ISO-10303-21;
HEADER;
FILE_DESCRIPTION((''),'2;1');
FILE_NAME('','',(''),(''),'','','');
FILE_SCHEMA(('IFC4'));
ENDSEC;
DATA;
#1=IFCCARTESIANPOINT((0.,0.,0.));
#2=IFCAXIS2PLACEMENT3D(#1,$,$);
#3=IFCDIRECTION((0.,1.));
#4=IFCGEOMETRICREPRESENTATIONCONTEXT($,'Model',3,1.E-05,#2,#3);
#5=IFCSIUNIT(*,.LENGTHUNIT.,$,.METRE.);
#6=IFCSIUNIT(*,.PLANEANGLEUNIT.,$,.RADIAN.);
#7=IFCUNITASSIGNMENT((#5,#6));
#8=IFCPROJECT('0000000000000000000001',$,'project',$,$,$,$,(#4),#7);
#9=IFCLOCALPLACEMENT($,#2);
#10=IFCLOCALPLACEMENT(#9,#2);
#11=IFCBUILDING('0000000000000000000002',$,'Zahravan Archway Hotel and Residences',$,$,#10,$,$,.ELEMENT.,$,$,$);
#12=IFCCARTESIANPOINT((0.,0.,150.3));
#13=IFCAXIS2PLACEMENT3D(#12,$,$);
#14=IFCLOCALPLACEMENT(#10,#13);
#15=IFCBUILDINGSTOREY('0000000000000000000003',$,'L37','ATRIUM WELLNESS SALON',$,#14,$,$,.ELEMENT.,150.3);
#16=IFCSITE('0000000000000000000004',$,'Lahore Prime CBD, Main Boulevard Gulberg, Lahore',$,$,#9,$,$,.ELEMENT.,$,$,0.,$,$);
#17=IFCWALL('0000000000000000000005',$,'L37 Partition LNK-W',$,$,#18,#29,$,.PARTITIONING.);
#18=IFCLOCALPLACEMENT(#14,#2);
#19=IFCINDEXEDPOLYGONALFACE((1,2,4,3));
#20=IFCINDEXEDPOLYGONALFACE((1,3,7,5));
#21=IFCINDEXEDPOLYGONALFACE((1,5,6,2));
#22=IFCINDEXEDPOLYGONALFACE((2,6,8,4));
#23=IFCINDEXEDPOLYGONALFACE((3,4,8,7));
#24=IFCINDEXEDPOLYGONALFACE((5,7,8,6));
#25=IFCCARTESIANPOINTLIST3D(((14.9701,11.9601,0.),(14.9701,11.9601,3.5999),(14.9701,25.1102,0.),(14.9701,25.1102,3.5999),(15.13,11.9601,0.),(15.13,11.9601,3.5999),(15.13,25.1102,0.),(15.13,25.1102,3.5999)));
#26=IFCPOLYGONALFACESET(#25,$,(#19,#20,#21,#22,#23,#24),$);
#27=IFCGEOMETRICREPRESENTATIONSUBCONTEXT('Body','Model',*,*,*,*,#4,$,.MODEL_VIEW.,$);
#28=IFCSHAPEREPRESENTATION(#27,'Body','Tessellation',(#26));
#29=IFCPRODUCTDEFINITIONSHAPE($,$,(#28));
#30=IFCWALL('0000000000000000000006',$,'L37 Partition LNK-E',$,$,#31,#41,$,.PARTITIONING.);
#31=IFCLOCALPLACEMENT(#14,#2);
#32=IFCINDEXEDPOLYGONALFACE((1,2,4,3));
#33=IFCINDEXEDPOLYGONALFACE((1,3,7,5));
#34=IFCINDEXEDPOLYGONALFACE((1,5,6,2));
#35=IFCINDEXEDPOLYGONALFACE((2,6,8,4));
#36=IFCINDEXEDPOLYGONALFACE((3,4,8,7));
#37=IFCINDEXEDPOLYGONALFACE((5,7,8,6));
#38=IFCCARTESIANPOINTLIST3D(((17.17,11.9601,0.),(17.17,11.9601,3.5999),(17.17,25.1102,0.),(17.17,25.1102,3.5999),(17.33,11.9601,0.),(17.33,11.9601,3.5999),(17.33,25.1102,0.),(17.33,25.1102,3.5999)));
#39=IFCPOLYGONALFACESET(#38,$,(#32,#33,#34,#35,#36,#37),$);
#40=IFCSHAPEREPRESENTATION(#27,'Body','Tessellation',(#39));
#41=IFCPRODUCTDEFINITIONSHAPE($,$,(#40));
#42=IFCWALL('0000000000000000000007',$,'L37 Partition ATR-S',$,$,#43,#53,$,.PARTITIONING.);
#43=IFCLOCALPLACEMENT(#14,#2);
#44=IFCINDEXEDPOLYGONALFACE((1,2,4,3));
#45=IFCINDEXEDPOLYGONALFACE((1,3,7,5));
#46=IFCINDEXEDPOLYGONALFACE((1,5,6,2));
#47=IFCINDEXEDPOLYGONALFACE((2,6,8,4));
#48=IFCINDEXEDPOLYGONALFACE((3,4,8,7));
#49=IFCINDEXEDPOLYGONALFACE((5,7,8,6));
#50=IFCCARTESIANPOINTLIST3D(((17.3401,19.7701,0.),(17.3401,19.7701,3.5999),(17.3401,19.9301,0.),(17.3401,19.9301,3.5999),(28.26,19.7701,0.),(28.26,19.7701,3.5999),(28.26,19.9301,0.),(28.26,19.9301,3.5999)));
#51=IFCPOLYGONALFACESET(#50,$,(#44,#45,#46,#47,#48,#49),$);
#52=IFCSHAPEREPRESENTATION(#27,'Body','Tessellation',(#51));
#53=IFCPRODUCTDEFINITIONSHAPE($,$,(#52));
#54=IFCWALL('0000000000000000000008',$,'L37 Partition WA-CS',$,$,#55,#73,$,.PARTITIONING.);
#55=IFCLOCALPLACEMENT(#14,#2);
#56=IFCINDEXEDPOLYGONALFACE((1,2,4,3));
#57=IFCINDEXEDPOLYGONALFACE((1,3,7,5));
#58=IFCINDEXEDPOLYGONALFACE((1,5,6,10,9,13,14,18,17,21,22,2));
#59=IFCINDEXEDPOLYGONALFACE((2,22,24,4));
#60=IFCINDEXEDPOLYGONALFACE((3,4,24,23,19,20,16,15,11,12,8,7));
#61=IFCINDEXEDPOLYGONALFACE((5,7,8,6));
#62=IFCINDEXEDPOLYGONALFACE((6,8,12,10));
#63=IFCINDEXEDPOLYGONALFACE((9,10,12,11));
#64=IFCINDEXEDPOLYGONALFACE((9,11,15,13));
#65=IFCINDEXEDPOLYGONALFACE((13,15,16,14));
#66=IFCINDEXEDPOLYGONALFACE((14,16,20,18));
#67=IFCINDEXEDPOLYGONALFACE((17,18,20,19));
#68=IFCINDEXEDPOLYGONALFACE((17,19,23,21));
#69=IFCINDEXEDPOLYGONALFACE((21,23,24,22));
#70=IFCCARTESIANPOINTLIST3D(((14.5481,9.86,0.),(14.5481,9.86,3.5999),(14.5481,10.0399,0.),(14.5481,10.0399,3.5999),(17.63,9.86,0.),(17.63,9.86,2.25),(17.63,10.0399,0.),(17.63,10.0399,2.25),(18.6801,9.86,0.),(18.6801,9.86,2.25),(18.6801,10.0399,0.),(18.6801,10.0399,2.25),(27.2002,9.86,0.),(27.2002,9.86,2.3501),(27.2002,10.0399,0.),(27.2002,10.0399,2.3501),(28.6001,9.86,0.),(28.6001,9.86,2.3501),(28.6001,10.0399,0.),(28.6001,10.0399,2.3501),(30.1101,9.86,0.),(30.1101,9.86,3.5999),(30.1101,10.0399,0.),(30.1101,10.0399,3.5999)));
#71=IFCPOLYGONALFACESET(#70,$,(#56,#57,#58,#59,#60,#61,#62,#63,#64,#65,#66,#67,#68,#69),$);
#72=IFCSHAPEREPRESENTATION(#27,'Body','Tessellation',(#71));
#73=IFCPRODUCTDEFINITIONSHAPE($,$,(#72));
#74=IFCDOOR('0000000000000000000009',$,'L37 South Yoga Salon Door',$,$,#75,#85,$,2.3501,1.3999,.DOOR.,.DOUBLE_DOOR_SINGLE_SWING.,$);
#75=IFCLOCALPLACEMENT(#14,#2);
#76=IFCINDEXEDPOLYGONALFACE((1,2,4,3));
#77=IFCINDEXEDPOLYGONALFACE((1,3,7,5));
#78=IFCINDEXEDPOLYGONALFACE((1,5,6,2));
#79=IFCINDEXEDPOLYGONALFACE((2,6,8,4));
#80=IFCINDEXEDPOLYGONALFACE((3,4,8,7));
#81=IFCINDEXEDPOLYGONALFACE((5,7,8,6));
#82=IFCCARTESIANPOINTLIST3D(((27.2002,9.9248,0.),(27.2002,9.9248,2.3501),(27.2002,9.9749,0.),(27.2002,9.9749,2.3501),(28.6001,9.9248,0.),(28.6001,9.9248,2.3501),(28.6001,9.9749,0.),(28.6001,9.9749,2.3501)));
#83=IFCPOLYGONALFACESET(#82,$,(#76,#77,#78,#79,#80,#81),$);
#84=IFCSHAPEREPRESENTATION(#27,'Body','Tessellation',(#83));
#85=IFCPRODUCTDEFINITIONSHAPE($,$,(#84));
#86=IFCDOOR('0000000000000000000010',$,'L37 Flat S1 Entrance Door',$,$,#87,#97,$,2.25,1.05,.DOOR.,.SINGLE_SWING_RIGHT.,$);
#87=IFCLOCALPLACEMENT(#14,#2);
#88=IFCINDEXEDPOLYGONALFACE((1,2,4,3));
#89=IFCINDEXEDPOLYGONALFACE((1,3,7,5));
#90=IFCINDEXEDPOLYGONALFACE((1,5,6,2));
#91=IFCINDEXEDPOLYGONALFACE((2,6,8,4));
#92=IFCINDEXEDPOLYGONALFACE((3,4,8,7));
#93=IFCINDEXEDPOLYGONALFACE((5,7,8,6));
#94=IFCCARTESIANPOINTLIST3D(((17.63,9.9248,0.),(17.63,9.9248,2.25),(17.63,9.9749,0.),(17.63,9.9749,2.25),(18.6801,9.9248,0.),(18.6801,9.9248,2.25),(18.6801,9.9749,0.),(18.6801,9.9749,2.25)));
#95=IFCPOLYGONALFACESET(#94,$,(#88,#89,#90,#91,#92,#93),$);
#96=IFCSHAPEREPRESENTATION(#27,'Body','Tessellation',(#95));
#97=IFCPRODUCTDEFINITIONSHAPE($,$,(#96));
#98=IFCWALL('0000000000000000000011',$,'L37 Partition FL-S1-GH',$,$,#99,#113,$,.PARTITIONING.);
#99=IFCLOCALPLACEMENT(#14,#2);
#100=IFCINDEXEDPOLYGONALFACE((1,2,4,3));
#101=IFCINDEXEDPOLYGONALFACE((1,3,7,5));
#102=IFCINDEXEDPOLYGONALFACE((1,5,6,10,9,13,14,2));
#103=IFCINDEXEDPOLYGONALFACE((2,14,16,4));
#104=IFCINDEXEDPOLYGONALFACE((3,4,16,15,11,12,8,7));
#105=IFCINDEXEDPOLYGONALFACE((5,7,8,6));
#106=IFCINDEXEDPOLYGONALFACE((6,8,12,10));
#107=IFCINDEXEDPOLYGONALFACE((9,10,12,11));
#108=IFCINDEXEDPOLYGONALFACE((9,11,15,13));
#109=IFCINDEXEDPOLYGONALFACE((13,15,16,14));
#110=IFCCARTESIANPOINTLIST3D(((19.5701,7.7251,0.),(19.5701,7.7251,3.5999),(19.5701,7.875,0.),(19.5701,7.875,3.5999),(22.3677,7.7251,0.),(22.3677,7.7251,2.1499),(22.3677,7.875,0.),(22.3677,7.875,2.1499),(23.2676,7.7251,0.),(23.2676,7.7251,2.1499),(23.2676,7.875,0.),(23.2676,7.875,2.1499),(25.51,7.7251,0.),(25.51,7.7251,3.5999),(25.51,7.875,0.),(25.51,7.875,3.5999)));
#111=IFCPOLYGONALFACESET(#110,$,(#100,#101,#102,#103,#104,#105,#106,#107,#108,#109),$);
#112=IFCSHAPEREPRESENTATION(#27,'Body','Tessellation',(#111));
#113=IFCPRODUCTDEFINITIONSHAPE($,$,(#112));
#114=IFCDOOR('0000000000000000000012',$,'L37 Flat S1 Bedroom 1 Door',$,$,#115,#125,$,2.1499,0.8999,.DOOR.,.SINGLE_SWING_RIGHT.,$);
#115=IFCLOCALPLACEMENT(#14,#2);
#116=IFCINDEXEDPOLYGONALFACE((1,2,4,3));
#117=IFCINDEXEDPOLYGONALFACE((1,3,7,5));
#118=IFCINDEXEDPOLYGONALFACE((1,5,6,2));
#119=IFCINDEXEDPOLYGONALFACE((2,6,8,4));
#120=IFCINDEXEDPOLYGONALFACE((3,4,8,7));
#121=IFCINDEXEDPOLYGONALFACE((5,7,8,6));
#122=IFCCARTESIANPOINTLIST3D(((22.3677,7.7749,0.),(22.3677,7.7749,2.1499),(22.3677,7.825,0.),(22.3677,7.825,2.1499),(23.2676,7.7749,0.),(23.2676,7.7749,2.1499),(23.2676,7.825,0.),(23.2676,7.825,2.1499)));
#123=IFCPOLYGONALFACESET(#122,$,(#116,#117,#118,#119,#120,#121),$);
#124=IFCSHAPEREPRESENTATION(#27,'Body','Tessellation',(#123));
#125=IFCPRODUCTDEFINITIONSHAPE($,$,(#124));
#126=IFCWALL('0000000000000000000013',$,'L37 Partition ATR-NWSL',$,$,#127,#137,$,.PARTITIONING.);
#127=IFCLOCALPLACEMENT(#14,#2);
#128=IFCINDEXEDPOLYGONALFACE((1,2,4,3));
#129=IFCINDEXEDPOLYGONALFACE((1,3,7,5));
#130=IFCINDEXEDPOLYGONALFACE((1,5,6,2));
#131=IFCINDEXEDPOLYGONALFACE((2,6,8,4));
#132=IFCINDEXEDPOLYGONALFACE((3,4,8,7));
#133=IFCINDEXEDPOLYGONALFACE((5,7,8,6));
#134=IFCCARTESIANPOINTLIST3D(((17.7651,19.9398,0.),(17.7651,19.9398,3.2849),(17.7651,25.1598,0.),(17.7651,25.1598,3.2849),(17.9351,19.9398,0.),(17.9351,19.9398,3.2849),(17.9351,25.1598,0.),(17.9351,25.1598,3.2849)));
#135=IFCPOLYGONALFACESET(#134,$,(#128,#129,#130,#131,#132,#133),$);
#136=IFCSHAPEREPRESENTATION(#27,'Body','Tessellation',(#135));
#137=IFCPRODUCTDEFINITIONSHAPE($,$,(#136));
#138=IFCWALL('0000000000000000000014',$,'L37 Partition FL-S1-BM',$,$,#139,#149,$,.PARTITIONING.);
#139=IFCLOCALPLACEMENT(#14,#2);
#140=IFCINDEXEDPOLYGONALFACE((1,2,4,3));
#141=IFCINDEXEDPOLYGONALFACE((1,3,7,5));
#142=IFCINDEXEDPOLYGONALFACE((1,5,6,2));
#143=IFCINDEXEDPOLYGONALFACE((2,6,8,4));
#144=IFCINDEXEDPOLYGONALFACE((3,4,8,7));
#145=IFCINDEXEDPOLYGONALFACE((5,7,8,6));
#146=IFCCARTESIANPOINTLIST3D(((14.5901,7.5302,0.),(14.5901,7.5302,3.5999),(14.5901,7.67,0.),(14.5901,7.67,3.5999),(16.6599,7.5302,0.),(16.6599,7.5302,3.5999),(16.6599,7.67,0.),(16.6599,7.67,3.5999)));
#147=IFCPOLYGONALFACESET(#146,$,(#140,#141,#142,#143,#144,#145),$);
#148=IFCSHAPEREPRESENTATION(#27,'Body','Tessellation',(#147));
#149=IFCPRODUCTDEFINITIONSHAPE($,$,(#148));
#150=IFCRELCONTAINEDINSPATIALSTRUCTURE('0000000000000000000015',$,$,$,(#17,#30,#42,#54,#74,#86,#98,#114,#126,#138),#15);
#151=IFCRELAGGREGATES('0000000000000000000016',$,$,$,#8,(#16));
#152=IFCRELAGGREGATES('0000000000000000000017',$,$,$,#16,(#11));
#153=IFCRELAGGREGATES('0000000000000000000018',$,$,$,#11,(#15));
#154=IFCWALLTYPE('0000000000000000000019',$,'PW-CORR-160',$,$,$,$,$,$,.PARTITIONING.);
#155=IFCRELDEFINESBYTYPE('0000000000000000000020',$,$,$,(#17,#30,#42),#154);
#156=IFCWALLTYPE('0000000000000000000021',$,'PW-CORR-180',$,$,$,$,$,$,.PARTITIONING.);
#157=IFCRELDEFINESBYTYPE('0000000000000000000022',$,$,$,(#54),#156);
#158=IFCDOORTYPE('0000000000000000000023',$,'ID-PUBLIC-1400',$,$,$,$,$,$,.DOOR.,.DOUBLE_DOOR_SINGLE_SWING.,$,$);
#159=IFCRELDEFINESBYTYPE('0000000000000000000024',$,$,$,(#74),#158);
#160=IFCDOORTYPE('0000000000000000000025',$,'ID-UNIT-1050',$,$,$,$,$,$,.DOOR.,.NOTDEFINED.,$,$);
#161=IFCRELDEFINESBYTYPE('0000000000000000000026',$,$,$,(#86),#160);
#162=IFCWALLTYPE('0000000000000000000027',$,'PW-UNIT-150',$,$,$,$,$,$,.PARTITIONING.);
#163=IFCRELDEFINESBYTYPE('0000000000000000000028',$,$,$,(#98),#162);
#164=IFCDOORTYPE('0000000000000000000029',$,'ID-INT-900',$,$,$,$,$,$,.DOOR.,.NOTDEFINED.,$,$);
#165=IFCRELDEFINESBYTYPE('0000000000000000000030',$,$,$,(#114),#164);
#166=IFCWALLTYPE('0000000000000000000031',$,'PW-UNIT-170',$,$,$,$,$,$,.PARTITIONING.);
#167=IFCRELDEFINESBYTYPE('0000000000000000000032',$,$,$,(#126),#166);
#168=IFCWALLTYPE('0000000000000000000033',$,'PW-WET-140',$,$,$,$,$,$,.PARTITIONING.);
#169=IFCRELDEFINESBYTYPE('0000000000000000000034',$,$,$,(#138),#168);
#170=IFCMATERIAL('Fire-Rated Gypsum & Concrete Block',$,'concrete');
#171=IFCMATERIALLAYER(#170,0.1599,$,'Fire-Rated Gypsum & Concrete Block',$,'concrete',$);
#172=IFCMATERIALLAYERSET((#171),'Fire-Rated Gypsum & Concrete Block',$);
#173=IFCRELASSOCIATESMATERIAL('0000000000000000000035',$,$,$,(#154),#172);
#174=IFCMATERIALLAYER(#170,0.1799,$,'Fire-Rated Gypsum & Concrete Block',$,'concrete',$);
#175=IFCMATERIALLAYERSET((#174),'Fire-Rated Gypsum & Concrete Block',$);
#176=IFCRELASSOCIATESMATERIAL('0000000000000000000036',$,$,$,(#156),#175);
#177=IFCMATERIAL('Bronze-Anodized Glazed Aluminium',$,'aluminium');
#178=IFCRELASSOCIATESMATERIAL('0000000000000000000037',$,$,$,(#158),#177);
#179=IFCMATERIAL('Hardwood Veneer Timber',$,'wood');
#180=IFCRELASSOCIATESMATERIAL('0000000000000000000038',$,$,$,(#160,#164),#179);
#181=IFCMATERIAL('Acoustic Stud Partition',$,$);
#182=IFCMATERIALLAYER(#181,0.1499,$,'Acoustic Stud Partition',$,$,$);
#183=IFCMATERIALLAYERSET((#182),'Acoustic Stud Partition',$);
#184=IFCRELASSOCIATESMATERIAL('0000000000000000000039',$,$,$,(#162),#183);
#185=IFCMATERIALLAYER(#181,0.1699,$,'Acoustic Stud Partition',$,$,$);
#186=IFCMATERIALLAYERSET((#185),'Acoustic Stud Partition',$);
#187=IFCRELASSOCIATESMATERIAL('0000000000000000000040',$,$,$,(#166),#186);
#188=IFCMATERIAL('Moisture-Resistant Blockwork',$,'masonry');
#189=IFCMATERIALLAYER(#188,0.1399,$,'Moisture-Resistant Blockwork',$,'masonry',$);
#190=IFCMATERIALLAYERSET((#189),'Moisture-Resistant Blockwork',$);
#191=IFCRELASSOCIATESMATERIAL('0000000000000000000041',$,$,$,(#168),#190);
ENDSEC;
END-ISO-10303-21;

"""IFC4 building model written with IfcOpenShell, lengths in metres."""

from ifc_helpers import new_model, si_unit, direction, frame, frame_2d, origin, place, context, subcontext, project, spatial, rectangle, extrude, source, transform, mapped, material, layer, layer_set, type_object, type_shapes, element, fill, save


model = new_model("IFC4")

# Units and contexts
model_context = context("Model", 3, precision=1e-05, world=origin(), true_north=direction((0.0, 1.0)))
body_context = subcontext(model_context, "Body", "Model", "MODEL_VIEW")
ifc_project = project(units=[si_unit("LENGTHUNIT", "METRE"), si_unit("PLANEANGLEUNIT", "RADIAN")], contexts=[model_context])

# Site, building, storey
site_placement = place(None, origin())
site = spatial("IfcSite", under=ifc_project, at=site_placement, Name="Lahore Prime CBD, Main Boulevard Gulberg, Lahore", CompositionType="ELEMENT", RefElevation=0.0)
building_placement = place(site_placement, origin())
building = spatial("IfcBuilding", under=site, at=building_placement, Name="Zahravan Archway Hotel and Residences", CompositionType="ELEMENT")
storey_placement = place(building_placement, frame((0.0, 0.0, 150.3)))
storey = spatial("IfcBuildingStorey", under=building, at=storey_placement, Name="L37", Description="ATRIUM WELLNESS SALON", CompositionType="ELEMENT", Elevation=150.3)

# Shared definitions
ifc_material_1 = material(Name="Fire-Rated Gypsum & Concrete Block", Category="concrete")
ifc_layer_1 = layer(ifc_material_1, 0.1599, Name="Fire-Rated Gypsum & Concrete Block", Category="concrete")
ifc_layer_set_1 = layer_set([ifc_layer_1], Name="Fire-Rated Gypsum & Concrete Block")
wall_type_1 = type_object("IfcWallType", Name="PW-CORR-160", PredefinedType="PARTITIONING", material=ifc_layer_set_1)
ifc_material_2 = material(Name="Bronze-Anodized Glazed Aluminium", Category="aluminium")

# Walls
for number, where, z_axis, x_axis, name in (
    (1, (15.05, 11.96, 0.0), (0.0, 0.0, 1.0), (0.0, 1.0, 0.0), "L37 Partition LNK-W"),
    (2, (17.25, 11.96, 0.0), (0.0, 0.0, 1.0), (0.0, 1.0, 0.0), "L37 Partition LNK-E"),
):
    element("IfcWall", number, at=place(storey_placement, frame(where, z_axis=z_axis, x_axis=x_axis)), inside=storey, type_object=wall_type_1, Name=name, PredefinedType="PARTITIONING", context=body_context, shape_type="SweptSolid", body=[
        extrude(rectangle(XDim=13.1501, YDim=0.1599, at=frame_2d((6.5752, 0.0))), origin(), (0.0, 0.0, 1.0), 3.5999),
    ])
wall_1_placement = place(storey_placement, frame((17.3401, 19.8501, 0.0), z_axis=(0.0, 0.0, 1.0), x_axis=(1.0, 0.0, 0.0)))
element("IfcWall", 3, at=wall_1_placement, inside=storey, type_object=wall_type_1, Name="L37 Partition ATR-S", PredefinedType="PARTITIONING", context=body_context, shape_type="SweptSolid", body=[
    extrude(rectangle(XDim=10.9199, YDim=0.1599, at=frame_2d((5.46, 0.0))), origin(), (0.0, 0.0, 1.0), 3.5999),
])

# Wall, openings, doors
ifc_layer_2 = layer(ifc_material_1, 0.1799, Name="Fire-Rated Gypsum & Concrete Block", Category="concrete")
ifc_layer_set_2 = layer_set([ifc_layer_2], Name="Fire-Rated Gypsum & Concrete Block")
wall_type_2 = type_object("IfcWallType", Name="PW-CORR-180", PredefinedType="PARTITIONING", material=ifc_layer_set_2)
wall_2_placement = place(storey_placement, frame((14.5481, 9.95, 0.0), z_axis=(0.0, 0.0, 1.0), x_axis=(1.0, 0.0, 0.0)))
wall_2 = element("IfcWall", 4, at=wall_2_placement, inside=storey, type_object=wall_type_2, Name="L37 Partition WA-CS", PredefinedType="PARTITIONING", context=body_context, shape_type="SweptSolid", body=[
    extrude(rectangle(XDim=15.562, YDim=0.1799, at=frame_2d((7.781, 0.0))), origin(), (0.0, 0.0, 1.0), 3.5999),
])
opening_1_placement = place(wall_2_placement, frame((3.082, 0.0, 0.0)))
opening_1 = element("IfcOpeningElement", 5, at=opening_1_placement, cuts=wall_2, PredefinedType="OPENING", context=body_context, shape_type="SweptSolid", body=[
    extrude(rectangle(XDim=1.05, YDim=2.25, at=frame_2d((0.5249, 1.125))), frame((0.0, 0.1001, 0.0), z_axis=(0.0, -1.0, 0.0), x_axis=(1.0, 0.0, 0.0)), (0.0, 0.0, 1.0), 0.2),
])
opening_2_placement = place(wall_2_placement, frame((12.6521, 0.0, 0.0)))
opening_2 = element("IfcOpeningElement", 6, at=opening_2_placement, cuts=wall_2, PredefinedType="OPENING", context=body_context, shape_type="SweptSolid", body=[
    extrude(rectangle(XDim=1.3999, YDim=2.3501, at=frame_2d((0.7, 1.175))), frame((0.0, 0.1001, 0.0), z_axis=(0.0, -1.0, 0.0), x_axis=(1.0, 0.0, 0.0)), (0.0, 0.0, 1.0), 0.2),
])
door_type_1 = type_object("IfcDoorType", Name="ID-PUBLIC-1400", OperationType="DOUBLE_DOOR_SINGLE_SWING", PredefinedType="DOOR", material=ifc_material_2)
shared_shape_1 = source(origin(), body_context, "Body", "SweptSolid", [
    extrude(rectangle(XDim=1.3999, YDim=2.3501, at=frame_2d((0.7, 1.175))), frame((0.0, 0.0249, 0.0), z_axis=(0.0, -1.0, 0.0), x_axis=(1.0, 0.0, 0.0)), (0.0, 0.0, 1.0), 0.05),
])
type_shapes(door_type_1, [shared_shape_1])
door_1_placement = place(opening_2_placement, origin())
door_1 = element("IfcDoor", 7, at=door_1_placement, inside=storey, type_object=door_type_1, Name="L37 South Yoga Salon Door", OperationType="DOUBLE_DOOR_SINGLE_SWING", OverallHeight=2.3501, OverallWidth=1.3999, PredefinedType="DOOR", context=body_context, shape_type="MappedRepresentation", body=[
    mapped(shared_shape_1, transform((0.0, 0.0, 0.0), scale=1.0)),
])
fill(opening_2, door_1)
ifc_material_3 = material(Name="Hardwood Veneer Timber", Category="wood")
door_type_2 = type_object("IfcDoorType", Name="ID-UNIT-1050", OperationType="NOTDEFINED", PredefinedType="DOOR", material=ifc_material_3)
shared_shape_2 = source(origin(), body_context, "Body", "SweptSolid", [
    extrude(rectangle(XDim=1.05, YDim=2.25, at=frame_2d((0.5249, 1.125))), frame((0.0, 0.0249, 0.0), z_axis=(0.0, -1.0, 0.0), x_axis=(1.0, 0.0, 0.0)), (0.0, 0.0, 1.0), 0.05),
])
type_shapes(door_type_2, [shared_shape_2])
door_2_placement = place(opening_1_placement, origin())
door_2 = element("IfcDoor", 8, at=door_2_placement, inside=storey, type_object=door_type_2, Name="L37 Flat S1 Entrance Door", OperationType="SINGLE_SWING_RIGHT", OverallHeight=2.25, OverallWidth=1.05, PredefinedType="DOOR", context=body_context, shape_type="MappedRepresentation", body=[
    mapped(shared_shape_2, transform((0.0, 0.0, 0.0), scale=1.0)),
])
fill(opening_1, door_2)

# Wall, opening, door
ifc_material_4 = material(Name="Acoustic Stud Partition")
ifc_layer_3 = layer(ifc_material_4, 0.1499, Name="Acoustic Stud Partition")
ifc_layer_set_3 = layer_set([ifc_layer_3], Name="Acoustic Stud Partition")
wall_type_3 = type_object("IfcWallType", Name="PW-UNIT-150", PredefinedType="PARTITIONING", material=ifc_layer_set_3)
wall_3_placement = place(storey_placement, frame((19.5701, 7.8, 0.0), z_axis=(0.0, 0.0, 1.0), x_axis=(1.0, 0.0, 0.0)))
wall_3 = element("IfcWall", 9, at=wall_3_placement, inside=storey, type_object=wall_type_3, Name="L37 Partition FL-S1-GH", PredefinedType="PARTITIONING", context=body_context, shape_type="SweptSolid", body=[
    extrude(rectangle(XDim=5.9399, YDim=0.1499, at=frame_2d((2.97, 0.0))), origin(), (0.0, 0.0, 1.0), 3.5999),
])
opening_3_placement = place(wall_3_placement, frame((2.7976, 0.0, 0.0)))
opening_3 = element("IfcOpeningElement", 10, at=opening_3_placement, cuts=wall_3, PredefinedType="OPENING", context=body_context, shape_type="SweptSolid", body=[
    extrude(rectangle(XDim=0.8999, YDim=2.1499, at=frame_2d((0.45, 1.075))), frame((0.0, 0.085, 0.0), z_axis=(0.0, -1.0, 0.0), x_axis=(1.0, 0.0, 0.0)), (0.0, 0.0, 1.0), 0.1699),
])
door_type_3 = type_object("IfcDoorType", Name="ID-INT-900", OperationType="NOTDEFINED", PredefinedType="DOOR", material=ifc_material_3)
shared_shape_3 = source(origin(), body_context, "Body", "SweptSolid", [
    extrude(rectangle(XDim=0.8999, YDim=2.1499, at=frame_2d((0.45, 1.075))), frame((0.0, 0.0249, 0.0), z_axis=(0.0, -1.0, 0.0), x_axis=(1.0, 0.0, 0.0)), (0.0, 0.0, 1.0), 0.05),
])
type_shapes(door_type_3, [shared_shape_3])
door_3_placement = place(opening_3_placement, origin())
door_3 = element("IfcDoor", 11, at=door_3_placement, inside=storey, type_object=door_type_3, Name="L37 Flat S1 Bedroom 1 Door", OperationType="SINGLE_SWING_RIGHT", OverallHeight=2.1499, OverallWidth=0.8999, PredefinedType="DOOR", context=body_context, shape_type="MappedRepresentation", body=[
    mapped(shared_shape_3, transform((0.0, 0.0, 0.0), scale=1.0)),
])
fill(opening_3, door_3)

# Walls
ifc_layer_4 = layer(ifc_material_4, 0.1699, Name="Acoustic Stud Partition")
ifc_layer_set_4 = layer_set([ifc_layer_4], Name="Acoustic Stud Partition")
wall_type_4 = type_object("IfcWallType", Name="PW-UNIT-170", PredefinedType="PARTITIONING", material=ifc_layer_set_4)
wall_4_placement = place(storey_placement, frame((17.8501, 19.9399, 0.0), z_axis=(0.0, 0.0, 1.0), x_axis=(0.0, 1.0, 0.0)))
element("IfcWall", 12, at=wall_4_placement, inside=storey, type_object=wall_type_4, Name="L37 Partition ATR-NWSL", PredefinedType="PARTITIONING", context=body_context, shape_type="SweptSolid", body=[
    extrude(rectangle(XDim=5.22, YDim=0.1699, at=frame_2d((2.6099, 0.0))), origin(), (0.0, 0.0, 1.0), 3.2849),
])
ifc_material_5 = material(Name="Moisture-Resistant Blockwork", Category="masonry")
ifc_layer_5 = layer(ifc_material_5, 0.1399, Name="Moisture-Resistant Blockwork", Category="masonry")
ifc_layer_set_5 = layer_set([ifc_layer_5], Name="Moisture-Resistant Blockwork")
wall_type_5 = type_object("IfcWallType", Name="PW-WET-140", PredefinedType="PARTITIONING", material=ifc_layer_set_5)
wall_5_placement = place(storey_placement, frame((14.5901, 7.6001, 0.0), z_axis=(0.0, 0.0, 1.0), x_axis=(1.0, 0.0, 0.0)))
element("IfcWall", 13, at=wall_5_placement, inside=storey, type_object=wall_type_5, Name="L37 Partition FL-S1-BM", PredefinedType="PARTITIONING", context=body_context, shape_type="SweptSolid", body=[
    extrude(rectangle(XDim=2.0698, YDim=0.1399, at=frame_2d((1.0349, 0.0))), origin(), (0.0, 0.0, 1.0), 3.5999),
])

save(model, "model.ifc")
